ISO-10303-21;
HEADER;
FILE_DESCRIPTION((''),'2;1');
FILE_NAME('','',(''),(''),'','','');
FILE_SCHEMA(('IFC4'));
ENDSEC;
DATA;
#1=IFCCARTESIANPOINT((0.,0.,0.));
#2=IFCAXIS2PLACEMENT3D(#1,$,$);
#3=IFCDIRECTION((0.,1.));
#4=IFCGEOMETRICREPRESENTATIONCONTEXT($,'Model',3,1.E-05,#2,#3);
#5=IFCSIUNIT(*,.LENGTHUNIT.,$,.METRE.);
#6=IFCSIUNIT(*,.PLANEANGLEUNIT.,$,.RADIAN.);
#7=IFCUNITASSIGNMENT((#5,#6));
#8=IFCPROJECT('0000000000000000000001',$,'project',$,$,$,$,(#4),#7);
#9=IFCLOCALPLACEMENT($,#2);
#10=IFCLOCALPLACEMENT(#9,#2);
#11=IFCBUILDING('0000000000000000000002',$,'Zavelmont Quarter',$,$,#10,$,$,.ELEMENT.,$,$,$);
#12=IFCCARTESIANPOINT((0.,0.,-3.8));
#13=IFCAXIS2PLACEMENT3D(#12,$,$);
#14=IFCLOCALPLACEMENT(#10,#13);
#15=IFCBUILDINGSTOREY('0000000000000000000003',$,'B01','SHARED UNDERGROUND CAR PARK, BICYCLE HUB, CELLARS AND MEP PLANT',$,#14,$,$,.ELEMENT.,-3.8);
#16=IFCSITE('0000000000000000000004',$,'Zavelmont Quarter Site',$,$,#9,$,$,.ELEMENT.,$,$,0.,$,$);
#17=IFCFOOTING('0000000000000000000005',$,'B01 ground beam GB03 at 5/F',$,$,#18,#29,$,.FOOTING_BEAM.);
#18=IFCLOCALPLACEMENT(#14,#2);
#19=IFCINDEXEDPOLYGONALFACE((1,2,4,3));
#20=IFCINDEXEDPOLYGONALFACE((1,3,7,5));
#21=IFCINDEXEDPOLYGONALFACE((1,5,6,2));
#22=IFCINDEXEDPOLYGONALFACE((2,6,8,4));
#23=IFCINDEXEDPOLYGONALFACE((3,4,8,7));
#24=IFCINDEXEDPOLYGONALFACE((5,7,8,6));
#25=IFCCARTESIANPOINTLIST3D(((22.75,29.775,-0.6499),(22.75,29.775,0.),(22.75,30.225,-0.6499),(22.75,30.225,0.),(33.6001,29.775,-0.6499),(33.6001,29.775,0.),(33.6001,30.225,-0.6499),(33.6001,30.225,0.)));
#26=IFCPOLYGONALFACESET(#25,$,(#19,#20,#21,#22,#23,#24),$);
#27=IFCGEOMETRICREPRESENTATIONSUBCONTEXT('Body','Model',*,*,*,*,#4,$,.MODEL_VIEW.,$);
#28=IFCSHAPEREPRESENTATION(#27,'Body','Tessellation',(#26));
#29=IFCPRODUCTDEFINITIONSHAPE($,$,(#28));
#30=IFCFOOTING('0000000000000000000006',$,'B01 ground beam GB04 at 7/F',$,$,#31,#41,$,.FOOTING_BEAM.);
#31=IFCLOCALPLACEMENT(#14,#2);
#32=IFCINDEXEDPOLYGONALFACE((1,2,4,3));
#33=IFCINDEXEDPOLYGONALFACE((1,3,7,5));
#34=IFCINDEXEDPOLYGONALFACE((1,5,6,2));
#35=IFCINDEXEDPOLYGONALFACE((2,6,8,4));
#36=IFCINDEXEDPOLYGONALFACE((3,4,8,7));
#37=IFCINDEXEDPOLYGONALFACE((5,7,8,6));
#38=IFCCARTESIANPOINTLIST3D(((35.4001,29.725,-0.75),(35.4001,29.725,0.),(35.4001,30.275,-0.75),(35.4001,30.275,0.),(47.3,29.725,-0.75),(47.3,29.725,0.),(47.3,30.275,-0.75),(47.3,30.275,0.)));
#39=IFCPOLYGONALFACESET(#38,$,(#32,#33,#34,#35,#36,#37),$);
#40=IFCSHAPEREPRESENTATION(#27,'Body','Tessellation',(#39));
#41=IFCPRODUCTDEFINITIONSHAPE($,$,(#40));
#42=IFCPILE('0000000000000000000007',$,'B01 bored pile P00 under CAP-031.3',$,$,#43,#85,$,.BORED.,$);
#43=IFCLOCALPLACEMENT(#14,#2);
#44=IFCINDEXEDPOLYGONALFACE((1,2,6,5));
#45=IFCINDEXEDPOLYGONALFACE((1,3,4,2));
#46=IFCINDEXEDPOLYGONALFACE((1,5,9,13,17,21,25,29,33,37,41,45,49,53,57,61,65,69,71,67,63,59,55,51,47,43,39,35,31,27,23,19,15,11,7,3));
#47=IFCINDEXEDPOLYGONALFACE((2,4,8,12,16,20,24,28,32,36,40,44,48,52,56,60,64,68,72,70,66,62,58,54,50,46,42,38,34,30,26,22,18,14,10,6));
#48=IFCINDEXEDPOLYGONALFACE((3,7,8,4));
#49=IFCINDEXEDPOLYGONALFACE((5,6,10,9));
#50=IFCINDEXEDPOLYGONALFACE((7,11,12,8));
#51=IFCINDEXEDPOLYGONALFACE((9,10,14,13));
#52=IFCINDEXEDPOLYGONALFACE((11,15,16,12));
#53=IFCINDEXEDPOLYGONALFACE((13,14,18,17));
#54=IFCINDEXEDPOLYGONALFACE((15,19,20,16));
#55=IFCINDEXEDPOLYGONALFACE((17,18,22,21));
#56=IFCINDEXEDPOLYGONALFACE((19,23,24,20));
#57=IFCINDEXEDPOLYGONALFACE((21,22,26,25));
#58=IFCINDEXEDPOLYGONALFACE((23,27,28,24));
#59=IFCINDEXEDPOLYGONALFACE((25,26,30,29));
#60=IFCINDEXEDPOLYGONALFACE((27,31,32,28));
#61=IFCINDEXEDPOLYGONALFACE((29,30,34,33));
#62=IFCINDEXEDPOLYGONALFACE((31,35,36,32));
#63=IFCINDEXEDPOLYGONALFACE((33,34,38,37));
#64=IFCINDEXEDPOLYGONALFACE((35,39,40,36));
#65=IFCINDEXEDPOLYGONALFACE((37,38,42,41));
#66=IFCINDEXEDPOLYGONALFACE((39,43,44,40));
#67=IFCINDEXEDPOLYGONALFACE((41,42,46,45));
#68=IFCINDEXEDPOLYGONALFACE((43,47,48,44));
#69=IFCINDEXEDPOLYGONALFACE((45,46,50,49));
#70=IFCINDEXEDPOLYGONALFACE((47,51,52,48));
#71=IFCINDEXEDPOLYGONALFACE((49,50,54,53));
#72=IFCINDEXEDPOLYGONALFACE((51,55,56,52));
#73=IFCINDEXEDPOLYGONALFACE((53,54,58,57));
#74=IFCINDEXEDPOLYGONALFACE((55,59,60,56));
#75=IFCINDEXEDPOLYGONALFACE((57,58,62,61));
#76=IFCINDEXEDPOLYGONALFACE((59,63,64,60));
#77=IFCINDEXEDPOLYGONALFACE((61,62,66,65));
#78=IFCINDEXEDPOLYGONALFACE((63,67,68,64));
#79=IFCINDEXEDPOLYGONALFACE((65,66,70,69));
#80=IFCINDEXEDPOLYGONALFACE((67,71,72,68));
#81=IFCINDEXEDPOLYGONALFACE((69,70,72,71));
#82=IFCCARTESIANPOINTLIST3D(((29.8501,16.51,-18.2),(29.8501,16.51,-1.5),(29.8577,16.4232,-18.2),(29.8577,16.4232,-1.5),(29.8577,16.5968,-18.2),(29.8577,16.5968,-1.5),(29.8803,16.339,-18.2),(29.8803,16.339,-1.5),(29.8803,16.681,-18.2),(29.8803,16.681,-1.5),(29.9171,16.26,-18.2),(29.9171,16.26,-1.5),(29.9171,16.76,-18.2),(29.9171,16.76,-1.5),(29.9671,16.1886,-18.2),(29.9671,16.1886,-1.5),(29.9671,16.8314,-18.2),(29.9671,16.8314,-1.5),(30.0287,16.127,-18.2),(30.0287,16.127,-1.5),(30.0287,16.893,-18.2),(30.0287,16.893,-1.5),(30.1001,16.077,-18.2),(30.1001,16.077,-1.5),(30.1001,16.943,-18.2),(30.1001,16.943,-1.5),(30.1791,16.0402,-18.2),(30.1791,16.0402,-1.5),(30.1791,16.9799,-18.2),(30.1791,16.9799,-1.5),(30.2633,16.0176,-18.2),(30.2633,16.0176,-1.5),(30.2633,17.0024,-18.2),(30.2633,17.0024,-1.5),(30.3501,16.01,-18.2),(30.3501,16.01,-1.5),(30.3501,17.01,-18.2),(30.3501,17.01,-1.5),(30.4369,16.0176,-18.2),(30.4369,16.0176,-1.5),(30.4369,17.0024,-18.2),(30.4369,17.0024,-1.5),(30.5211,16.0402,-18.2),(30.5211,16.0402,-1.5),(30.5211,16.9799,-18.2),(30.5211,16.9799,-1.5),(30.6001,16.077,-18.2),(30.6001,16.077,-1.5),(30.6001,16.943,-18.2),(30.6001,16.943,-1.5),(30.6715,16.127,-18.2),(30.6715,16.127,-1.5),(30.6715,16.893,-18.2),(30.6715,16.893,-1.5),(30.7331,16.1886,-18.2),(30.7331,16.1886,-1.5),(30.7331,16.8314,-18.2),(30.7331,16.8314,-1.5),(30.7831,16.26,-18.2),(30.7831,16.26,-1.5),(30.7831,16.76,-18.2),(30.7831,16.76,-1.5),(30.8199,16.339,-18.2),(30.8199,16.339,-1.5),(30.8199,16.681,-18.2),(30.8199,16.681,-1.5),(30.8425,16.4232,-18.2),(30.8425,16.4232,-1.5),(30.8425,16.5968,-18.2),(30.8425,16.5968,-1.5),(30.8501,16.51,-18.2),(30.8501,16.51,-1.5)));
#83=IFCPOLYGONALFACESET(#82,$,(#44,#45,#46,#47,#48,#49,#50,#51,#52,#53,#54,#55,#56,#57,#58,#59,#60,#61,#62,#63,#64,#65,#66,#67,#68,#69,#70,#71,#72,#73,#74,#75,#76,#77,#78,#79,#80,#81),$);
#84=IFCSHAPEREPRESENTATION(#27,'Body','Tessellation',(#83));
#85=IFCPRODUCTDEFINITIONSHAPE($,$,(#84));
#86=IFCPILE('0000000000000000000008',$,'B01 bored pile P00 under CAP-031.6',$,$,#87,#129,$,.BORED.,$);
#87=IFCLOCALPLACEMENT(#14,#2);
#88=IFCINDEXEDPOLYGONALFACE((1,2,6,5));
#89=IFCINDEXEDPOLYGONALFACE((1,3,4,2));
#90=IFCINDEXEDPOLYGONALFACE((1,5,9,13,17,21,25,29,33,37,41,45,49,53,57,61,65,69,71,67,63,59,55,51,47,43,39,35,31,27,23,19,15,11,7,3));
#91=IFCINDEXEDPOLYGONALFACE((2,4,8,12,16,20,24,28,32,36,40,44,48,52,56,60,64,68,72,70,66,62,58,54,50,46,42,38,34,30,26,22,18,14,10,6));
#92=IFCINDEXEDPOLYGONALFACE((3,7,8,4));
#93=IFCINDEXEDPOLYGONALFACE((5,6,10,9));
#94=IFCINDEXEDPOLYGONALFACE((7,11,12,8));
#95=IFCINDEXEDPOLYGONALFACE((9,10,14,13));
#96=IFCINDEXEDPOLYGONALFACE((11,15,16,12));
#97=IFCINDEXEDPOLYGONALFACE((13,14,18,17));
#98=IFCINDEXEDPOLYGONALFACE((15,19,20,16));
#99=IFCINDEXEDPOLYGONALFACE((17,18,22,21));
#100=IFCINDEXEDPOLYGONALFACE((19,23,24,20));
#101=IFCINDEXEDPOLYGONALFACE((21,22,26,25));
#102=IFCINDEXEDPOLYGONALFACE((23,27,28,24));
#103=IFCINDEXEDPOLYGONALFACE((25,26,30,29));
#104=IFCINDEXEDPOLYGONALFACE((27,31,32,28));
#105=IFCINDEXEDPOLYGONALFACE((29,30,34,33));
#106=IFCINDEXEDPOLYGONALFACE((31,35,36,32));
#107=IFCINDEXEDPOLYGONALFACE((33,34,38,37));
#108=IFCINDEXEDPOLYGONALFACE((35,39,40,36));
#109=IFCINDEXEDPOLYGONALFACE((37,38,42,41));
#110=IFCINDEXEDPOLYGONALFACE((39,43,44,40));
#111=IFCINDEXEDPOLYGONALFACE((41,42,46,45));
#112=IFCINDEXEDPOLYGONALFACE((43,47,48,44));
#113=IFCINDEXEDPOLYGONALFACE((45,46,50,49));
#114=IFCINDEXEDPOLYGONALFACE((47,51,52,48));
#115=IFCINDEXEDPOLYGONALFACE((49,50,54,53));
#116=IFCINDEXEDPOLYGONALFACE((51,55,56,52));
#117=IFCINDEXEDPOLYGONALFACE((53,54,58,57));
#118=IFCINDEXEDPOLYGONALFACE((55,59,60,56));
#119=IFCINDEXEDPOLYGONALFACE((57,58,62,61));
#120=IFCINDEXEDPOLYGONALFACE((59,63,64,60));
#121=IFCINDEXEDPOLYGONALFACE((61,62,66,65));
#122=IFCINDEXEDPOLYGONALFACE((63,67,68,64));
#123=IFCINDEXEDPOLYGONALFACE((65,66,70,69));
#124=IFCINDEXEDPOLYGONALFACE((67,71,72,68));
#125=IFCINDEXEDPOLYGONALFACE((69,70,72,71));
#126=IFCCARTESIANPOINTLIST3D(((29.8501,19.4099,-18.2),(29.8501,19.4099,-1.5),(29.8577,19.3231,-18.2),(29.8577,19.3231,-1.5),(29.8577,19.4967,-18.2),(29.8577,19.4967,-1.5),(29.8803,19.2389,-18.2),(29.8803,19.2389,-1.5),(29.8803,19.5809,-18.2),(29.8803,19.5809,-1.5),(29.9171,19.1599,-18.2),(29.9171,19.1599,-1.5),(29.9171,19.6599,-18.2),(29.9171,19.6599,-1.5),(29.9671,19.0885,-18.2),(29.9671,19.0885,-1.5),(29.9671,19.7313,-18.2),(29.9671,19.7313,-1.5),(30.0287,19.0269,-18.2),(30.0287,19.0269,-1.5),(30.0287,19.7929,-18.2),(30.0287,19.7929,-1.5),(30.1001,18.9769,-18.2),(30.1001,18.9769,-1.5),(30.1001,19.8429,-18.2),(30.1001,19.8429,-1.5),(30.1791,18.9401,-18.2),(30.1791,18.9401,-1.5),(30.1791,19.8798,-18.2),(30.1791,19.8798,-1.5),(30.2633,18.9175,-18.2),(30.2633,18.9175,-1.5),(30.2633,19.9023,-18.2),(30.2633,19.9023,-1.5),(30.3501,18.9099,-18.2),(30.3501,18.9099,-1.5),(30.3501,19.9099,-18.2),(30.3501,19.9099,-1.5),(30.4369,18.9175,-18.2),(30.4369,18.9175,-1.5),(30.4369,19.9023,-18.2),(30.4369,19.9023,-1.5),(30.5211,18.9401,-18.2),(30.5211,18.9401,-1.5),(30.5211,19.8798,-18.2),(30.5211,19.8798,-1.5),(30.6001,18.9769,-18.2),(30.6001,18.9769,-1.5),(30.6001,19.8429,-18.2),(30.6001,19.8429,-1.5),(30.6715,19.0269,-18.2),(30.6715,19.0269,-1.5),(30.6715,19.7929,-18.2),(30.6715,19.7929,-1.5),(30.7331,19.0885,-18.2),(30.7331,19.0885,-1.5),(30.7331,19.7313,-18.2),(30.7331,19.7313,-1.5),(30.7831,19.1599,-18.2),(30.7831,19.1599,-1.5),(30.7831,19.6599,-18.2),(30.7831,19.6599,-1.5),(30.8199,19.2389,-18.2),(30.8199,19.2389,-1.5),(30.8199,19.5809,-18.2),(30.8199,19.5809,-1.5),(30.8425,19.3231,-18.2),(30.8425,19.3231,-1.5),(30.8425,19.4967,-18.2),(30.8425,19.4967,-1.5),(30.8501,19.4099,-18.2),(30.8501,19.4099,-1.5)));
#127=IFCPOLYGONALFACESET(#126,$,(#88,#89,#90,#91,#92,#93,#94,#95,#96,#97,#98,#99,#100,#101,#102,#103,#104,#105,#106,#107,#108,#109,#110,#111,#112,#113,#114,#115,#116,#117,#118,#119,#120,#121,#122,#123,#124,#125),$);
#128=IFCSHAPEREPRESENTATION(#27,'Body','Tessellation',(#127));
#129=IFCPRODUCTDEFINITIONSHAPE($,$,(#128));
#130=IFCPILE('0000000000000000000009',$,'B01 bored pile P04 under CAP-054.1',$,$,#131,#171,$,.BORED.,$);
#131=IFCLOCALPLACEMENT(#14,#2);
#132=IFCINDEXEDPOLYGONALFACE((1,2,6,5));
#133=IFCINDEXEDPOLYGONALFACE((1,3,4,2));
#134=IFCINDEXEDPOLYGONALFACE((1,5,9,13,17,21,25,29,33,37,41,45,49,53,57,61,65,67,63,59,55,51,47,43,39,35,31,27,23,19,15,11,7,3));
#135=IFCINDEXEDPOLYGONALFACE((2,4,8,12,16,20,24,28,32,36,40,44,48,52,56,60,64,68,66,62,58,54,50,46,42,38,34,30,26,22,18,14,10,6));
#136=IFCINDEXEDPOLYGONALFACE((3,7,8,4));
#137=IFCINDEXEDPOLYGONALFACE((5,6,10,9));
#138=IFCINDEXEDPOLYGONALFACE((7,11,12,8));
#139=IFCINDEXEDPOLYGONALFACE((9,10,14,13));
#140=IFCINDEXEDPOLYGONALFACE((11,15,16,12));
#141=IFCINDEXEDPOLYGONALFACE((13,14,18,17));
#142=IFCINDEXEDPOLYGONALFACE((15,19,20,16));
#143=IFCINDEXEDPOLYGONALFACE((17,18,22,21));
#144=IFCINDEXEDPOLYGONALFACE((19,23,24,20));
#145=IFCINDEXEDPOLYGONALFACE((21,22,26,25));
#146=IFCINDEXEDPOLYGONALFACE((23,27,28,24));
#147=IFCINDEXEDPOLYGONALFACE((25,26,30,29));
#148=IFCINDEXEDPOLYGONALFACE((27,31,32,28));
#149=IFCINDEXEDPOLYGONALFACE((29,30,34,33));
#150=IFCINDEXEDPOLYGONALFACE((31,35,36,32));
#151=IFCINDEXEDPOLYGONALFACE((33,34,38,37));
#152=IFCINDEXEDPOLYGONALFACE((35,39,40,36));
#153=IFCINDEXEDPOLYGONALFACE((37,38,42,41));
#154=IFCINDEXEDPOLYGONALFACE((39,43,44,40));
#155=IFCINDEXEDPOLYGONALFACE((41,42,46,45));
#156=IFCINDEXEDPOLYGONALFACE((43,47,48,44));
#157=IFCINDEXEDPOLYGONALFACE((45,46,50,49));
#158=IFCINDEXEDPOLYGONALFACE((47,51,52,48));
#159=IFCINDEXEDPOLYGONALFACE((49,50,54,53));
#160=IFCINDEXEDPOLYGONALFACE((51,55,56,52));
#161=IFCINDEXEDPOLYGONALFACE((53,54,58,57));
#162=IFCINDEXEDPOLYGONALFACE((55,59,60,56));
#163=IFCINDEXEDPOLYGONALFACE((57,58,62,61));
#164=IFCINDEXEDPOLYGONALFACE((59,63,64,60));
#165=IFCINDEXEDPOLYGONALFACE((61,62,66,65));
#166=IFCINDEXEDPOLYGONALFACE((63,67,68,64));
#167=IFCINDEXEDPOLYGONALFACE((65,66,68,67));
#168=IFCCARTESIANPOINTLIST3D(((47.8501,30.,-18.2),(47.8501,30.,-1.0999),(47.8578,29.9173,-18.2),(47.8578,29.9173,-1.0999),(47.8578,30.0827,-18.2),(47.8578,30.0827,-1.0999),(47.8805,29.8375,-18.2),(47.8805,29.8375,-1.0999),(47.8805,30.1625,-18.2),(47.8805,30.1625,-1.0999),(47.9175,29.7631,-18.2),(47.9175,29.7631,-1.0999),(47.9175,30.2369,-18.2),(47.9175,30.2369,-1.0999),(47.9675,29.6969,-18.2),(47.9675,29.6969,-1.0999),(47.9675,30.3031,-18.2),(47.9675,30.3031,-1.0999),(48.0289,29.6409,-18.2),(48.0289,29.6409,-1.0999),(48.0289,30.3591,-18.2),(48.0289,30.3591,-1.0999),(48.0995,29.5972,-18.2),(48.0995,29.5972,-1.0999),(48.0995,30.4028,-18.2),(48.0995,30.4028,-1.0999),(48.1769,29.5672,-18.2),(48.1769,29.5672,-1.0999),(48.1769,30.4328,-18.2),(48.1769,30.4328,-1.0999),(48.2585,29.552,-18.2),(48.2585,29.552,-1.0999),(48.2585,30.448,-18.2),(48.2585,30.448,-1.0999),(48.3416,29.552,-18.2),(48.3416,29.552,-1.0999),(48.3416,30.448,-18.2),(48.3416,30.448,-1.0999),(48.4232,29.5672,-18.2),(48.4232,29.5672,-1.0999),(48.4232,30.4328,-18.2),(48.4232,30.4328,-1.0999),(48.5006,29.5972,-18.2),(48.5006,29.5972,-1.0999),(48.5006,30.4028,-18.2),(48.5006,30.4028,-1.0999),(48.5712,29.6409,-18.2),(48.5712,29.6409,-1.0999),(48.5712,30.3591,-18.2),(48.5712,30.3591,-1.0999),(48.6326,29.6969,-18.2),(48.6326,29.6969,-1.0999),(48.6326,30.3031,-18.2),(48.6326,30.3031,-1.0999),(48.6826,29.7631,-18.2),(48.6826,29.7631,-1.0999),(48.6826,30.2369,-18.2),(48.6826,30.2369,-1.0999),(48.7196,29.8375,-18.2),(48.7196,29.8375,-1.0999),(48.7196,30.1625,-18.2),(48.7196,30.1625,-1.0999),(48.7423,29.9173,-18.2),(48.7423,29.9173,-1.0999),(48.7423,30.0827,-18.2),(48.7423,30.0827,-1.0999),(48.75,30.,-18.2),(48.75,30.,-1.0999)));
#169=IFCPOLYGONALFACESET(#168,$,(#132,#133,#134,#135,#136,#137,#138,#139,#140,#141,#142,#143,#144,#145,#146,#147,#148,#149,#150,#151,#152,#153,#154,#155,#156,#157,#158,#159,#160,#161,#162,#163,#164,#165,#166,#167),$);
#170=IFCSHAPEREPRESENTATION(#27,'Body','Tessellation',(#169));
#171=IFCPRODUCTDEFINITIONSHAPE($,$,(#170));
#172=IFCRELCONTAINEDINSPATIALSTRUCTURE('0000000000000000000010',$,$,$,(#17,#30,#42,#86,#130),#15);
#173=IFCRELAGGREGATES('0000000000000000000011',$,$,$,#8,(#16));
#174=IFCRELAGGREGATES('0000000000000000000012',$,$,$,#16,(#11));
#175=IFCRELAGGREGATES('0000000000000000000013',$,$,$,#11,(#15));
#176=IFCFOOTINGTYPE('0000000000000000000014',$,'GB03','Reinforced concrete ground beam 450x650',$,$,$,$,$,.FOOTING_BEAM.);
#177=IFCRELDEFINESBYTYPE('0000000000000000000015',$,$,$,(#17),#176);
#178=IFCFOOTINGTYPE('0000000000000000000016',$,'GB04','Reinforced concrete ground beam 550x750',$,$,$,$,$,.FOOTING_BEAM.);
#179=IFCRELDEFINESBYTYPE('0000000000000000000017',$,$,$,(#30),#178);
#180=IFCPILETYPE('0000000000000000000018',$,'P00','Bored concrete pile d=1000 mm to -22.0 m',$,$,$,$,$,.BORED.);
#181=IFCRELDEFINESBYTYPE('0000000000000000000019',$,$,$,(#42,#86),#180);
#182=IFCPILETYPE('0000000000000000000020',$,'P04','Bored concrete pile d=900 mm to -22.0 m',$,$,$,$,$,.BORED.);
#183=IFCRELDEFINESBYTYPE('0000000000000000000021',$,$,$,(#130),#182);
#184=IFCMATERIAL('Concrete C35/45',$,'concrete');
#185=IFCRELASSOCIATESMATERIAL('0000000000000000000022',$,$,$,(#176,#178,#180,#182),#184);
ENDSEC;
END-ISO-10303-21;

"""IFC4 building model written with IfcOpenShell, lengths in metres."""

from ifc_helpers import new_model, si_unit, direction, frame, origin, origin_2d, place, context, subcontext, project, spatial, rectangle, circle, extrude, material, material_profile, profile_set, type_object, element, save


model = new_model("IFC4")

# Units and contexts
model_context = context("Model", 3, precision=1e-05, world=origin(), true_north=direction((0.0, 1.0)))
body_context = subcontext(model_context, "Body", "Model", "MODEL_VIEW")
ifc_project = project(units=[si_unit("LENGTHUNIT", "METRE"), si_unit("PLANEANGLEUNIT", "RADIAN")], contexts=[model_context])

# Site, building, storey
site_placement = place(None, origin())
site = spatial("IfcSite", under=ifc_project, at=site_placement, Name="Zavelmont Quarter Site", CompositionType="ELEMENT", RefElevation=0.0)
building_placement = place(site_placement, origin())
building = spatial("IfcBuilding", under=site, at=building_placement, Name="Zavelmont Quarter", CompositionType="ELEMENT")
storey_placement = place(building_placement, frame((0.0, 0.0, -3.8)))
storey = spatial("IfcBuildingStorey", under=building, at=storey_placement, Name="B01", Description="SHARED UNDERGROUND CAR PARK, BICYCLE HUB, CELLARS AND MEP PLANT", CompositionType="ELEMENT", Elevation=-3.8)

# Footings
ifc_material_1 = material(Name="Concrete C35/45", Category="concrete")
footing_type_1 = type_object("IfcFootingType", Name="GB03", Description="Reinforced concrete ground beam 450x650", PredefinedType="FOOTING_BEAM", material=ifc_material_1)
footing_1_placement = place(storey_placement, frame((28.175, 30.0, -0.6499), z_axis=(0.0, 0.0, 1.0), x_axis=(1.0, 0.0, 0.0)))
element("IfcFooting", 1, at=footing_1_placement, inside=storey, type_object=footing_type_1, Name="B01 ground beam GB03 at 5/F", PredefinedType="FOOTING_BEAM", context=body_context, shape_type="SweptSolid", body=[
    extrude(rectangle(XDim=10.8501, YDim=0.45, at=origin_2d()), origin(), (0.0, 0.0, 1.0), 0.6499),
])
footing_type_2 = type_object("IfcFootingType", Name="GB04", Description="Reinforced concrete ground beam 550x750", PredefinedType="FOOTING_BEAM", material=ifc_material_1)
footing_2_placement = place(storey_placement, frame((41.3501, 30.0, -0.75), z_axis=(0.0, 0.0, 1.0), x_axis=(1.0, 0.0, 0.0)))
element("IfcFooting", 2, at=footing_2_placement, inside=storey, type_object=footing_type_2, Name="B01 ground beam GB04 at 7/F", PredefinedType="FOOTING_BEAM", context=body_context, shape_type="SweptSolid", body=[
    extrude(rectangle(XDim=11.8999, YDim=0.55, at=origin_2d()), origin(), (0.0, 0.0, 1.0), 0.75),
])

# Piles
ifc_material_profile_1 = material_profile(ifc_material_1, circle(Radius=0.5, at=origin_2d()), Name="BP1000")
ifc_profile_set_1 = profile_set([ifc_material_profile_1], Name="Concrete C35/45")
pile_type_1 = type_object("IfcPileType", Name="P00", Description="Bored concrete pile d=1000 mm to -22.0 m", PredefinedType="BORED", material=ifc_profile_set_1)
for number, where, z_axis, x_axis, name in (
    (3, (30.3501, 16.51, -1.5), (0.0, 0.0, -1.0), (1.0, 0.0, 0.0), "B01 bored pile P00 under CAP-031.3"),
    (4, (30.3501, 19.4099, -1.5), (0.0, 0.0, -1.0), (1.0, 0.0, 0.0), "B01 bored pile P00 under CAP-031.6"),
):
    element("IfcPile", number, at=place(storey_placement, frame(where, z_axis=z_axis, x_axis=x_axis)), inside=storey, type_object=pile_type_1, Name=name, PredefinedType="BORED", context=body_context, shape_type="SweptSolid", body=[
        extrude(circle(Radius=0.5, at=origin_2d()), origin(), (0.0, 0.0, 1.0), 16.7),
    ])
ifc_material_profile_2 = material_profile(ifc_material_1, circle(Radius=0.45, at=origin_2d()), Name="BP900")
ifc_profile_set_2 = profile_set([ifc_material_profile_2], Name="Concrete C35/45")
pile_type_2 = type_object("IfcPileType", Name="P04", Description="Bored concrete pile d=900 mm to -22.0 m", PredefinedType="BORED", material=ifc_profile_set_2)
pile_1_placement = place(storey_placement, frame((48.3, 30.0, -1.0999), z_axis=(0.0, 0.0, -1.0), x_axis=(1.0, 0.0, 0.0)))
element("IfcPile", 5, at=pile_1_placement, inside=storey, type_object=pile_type_2, Name="B01 bored pile P04 under CAP-054.1", PredefinedType="BORED", context=body_context, shape_type="SweptSolid", body=[
    extrude(circle(Radius=0.45, at=origin_2d()), origin(), (0.0, 0.0, 1.0), 17.1001),
])

save(model, "model.ifc")
